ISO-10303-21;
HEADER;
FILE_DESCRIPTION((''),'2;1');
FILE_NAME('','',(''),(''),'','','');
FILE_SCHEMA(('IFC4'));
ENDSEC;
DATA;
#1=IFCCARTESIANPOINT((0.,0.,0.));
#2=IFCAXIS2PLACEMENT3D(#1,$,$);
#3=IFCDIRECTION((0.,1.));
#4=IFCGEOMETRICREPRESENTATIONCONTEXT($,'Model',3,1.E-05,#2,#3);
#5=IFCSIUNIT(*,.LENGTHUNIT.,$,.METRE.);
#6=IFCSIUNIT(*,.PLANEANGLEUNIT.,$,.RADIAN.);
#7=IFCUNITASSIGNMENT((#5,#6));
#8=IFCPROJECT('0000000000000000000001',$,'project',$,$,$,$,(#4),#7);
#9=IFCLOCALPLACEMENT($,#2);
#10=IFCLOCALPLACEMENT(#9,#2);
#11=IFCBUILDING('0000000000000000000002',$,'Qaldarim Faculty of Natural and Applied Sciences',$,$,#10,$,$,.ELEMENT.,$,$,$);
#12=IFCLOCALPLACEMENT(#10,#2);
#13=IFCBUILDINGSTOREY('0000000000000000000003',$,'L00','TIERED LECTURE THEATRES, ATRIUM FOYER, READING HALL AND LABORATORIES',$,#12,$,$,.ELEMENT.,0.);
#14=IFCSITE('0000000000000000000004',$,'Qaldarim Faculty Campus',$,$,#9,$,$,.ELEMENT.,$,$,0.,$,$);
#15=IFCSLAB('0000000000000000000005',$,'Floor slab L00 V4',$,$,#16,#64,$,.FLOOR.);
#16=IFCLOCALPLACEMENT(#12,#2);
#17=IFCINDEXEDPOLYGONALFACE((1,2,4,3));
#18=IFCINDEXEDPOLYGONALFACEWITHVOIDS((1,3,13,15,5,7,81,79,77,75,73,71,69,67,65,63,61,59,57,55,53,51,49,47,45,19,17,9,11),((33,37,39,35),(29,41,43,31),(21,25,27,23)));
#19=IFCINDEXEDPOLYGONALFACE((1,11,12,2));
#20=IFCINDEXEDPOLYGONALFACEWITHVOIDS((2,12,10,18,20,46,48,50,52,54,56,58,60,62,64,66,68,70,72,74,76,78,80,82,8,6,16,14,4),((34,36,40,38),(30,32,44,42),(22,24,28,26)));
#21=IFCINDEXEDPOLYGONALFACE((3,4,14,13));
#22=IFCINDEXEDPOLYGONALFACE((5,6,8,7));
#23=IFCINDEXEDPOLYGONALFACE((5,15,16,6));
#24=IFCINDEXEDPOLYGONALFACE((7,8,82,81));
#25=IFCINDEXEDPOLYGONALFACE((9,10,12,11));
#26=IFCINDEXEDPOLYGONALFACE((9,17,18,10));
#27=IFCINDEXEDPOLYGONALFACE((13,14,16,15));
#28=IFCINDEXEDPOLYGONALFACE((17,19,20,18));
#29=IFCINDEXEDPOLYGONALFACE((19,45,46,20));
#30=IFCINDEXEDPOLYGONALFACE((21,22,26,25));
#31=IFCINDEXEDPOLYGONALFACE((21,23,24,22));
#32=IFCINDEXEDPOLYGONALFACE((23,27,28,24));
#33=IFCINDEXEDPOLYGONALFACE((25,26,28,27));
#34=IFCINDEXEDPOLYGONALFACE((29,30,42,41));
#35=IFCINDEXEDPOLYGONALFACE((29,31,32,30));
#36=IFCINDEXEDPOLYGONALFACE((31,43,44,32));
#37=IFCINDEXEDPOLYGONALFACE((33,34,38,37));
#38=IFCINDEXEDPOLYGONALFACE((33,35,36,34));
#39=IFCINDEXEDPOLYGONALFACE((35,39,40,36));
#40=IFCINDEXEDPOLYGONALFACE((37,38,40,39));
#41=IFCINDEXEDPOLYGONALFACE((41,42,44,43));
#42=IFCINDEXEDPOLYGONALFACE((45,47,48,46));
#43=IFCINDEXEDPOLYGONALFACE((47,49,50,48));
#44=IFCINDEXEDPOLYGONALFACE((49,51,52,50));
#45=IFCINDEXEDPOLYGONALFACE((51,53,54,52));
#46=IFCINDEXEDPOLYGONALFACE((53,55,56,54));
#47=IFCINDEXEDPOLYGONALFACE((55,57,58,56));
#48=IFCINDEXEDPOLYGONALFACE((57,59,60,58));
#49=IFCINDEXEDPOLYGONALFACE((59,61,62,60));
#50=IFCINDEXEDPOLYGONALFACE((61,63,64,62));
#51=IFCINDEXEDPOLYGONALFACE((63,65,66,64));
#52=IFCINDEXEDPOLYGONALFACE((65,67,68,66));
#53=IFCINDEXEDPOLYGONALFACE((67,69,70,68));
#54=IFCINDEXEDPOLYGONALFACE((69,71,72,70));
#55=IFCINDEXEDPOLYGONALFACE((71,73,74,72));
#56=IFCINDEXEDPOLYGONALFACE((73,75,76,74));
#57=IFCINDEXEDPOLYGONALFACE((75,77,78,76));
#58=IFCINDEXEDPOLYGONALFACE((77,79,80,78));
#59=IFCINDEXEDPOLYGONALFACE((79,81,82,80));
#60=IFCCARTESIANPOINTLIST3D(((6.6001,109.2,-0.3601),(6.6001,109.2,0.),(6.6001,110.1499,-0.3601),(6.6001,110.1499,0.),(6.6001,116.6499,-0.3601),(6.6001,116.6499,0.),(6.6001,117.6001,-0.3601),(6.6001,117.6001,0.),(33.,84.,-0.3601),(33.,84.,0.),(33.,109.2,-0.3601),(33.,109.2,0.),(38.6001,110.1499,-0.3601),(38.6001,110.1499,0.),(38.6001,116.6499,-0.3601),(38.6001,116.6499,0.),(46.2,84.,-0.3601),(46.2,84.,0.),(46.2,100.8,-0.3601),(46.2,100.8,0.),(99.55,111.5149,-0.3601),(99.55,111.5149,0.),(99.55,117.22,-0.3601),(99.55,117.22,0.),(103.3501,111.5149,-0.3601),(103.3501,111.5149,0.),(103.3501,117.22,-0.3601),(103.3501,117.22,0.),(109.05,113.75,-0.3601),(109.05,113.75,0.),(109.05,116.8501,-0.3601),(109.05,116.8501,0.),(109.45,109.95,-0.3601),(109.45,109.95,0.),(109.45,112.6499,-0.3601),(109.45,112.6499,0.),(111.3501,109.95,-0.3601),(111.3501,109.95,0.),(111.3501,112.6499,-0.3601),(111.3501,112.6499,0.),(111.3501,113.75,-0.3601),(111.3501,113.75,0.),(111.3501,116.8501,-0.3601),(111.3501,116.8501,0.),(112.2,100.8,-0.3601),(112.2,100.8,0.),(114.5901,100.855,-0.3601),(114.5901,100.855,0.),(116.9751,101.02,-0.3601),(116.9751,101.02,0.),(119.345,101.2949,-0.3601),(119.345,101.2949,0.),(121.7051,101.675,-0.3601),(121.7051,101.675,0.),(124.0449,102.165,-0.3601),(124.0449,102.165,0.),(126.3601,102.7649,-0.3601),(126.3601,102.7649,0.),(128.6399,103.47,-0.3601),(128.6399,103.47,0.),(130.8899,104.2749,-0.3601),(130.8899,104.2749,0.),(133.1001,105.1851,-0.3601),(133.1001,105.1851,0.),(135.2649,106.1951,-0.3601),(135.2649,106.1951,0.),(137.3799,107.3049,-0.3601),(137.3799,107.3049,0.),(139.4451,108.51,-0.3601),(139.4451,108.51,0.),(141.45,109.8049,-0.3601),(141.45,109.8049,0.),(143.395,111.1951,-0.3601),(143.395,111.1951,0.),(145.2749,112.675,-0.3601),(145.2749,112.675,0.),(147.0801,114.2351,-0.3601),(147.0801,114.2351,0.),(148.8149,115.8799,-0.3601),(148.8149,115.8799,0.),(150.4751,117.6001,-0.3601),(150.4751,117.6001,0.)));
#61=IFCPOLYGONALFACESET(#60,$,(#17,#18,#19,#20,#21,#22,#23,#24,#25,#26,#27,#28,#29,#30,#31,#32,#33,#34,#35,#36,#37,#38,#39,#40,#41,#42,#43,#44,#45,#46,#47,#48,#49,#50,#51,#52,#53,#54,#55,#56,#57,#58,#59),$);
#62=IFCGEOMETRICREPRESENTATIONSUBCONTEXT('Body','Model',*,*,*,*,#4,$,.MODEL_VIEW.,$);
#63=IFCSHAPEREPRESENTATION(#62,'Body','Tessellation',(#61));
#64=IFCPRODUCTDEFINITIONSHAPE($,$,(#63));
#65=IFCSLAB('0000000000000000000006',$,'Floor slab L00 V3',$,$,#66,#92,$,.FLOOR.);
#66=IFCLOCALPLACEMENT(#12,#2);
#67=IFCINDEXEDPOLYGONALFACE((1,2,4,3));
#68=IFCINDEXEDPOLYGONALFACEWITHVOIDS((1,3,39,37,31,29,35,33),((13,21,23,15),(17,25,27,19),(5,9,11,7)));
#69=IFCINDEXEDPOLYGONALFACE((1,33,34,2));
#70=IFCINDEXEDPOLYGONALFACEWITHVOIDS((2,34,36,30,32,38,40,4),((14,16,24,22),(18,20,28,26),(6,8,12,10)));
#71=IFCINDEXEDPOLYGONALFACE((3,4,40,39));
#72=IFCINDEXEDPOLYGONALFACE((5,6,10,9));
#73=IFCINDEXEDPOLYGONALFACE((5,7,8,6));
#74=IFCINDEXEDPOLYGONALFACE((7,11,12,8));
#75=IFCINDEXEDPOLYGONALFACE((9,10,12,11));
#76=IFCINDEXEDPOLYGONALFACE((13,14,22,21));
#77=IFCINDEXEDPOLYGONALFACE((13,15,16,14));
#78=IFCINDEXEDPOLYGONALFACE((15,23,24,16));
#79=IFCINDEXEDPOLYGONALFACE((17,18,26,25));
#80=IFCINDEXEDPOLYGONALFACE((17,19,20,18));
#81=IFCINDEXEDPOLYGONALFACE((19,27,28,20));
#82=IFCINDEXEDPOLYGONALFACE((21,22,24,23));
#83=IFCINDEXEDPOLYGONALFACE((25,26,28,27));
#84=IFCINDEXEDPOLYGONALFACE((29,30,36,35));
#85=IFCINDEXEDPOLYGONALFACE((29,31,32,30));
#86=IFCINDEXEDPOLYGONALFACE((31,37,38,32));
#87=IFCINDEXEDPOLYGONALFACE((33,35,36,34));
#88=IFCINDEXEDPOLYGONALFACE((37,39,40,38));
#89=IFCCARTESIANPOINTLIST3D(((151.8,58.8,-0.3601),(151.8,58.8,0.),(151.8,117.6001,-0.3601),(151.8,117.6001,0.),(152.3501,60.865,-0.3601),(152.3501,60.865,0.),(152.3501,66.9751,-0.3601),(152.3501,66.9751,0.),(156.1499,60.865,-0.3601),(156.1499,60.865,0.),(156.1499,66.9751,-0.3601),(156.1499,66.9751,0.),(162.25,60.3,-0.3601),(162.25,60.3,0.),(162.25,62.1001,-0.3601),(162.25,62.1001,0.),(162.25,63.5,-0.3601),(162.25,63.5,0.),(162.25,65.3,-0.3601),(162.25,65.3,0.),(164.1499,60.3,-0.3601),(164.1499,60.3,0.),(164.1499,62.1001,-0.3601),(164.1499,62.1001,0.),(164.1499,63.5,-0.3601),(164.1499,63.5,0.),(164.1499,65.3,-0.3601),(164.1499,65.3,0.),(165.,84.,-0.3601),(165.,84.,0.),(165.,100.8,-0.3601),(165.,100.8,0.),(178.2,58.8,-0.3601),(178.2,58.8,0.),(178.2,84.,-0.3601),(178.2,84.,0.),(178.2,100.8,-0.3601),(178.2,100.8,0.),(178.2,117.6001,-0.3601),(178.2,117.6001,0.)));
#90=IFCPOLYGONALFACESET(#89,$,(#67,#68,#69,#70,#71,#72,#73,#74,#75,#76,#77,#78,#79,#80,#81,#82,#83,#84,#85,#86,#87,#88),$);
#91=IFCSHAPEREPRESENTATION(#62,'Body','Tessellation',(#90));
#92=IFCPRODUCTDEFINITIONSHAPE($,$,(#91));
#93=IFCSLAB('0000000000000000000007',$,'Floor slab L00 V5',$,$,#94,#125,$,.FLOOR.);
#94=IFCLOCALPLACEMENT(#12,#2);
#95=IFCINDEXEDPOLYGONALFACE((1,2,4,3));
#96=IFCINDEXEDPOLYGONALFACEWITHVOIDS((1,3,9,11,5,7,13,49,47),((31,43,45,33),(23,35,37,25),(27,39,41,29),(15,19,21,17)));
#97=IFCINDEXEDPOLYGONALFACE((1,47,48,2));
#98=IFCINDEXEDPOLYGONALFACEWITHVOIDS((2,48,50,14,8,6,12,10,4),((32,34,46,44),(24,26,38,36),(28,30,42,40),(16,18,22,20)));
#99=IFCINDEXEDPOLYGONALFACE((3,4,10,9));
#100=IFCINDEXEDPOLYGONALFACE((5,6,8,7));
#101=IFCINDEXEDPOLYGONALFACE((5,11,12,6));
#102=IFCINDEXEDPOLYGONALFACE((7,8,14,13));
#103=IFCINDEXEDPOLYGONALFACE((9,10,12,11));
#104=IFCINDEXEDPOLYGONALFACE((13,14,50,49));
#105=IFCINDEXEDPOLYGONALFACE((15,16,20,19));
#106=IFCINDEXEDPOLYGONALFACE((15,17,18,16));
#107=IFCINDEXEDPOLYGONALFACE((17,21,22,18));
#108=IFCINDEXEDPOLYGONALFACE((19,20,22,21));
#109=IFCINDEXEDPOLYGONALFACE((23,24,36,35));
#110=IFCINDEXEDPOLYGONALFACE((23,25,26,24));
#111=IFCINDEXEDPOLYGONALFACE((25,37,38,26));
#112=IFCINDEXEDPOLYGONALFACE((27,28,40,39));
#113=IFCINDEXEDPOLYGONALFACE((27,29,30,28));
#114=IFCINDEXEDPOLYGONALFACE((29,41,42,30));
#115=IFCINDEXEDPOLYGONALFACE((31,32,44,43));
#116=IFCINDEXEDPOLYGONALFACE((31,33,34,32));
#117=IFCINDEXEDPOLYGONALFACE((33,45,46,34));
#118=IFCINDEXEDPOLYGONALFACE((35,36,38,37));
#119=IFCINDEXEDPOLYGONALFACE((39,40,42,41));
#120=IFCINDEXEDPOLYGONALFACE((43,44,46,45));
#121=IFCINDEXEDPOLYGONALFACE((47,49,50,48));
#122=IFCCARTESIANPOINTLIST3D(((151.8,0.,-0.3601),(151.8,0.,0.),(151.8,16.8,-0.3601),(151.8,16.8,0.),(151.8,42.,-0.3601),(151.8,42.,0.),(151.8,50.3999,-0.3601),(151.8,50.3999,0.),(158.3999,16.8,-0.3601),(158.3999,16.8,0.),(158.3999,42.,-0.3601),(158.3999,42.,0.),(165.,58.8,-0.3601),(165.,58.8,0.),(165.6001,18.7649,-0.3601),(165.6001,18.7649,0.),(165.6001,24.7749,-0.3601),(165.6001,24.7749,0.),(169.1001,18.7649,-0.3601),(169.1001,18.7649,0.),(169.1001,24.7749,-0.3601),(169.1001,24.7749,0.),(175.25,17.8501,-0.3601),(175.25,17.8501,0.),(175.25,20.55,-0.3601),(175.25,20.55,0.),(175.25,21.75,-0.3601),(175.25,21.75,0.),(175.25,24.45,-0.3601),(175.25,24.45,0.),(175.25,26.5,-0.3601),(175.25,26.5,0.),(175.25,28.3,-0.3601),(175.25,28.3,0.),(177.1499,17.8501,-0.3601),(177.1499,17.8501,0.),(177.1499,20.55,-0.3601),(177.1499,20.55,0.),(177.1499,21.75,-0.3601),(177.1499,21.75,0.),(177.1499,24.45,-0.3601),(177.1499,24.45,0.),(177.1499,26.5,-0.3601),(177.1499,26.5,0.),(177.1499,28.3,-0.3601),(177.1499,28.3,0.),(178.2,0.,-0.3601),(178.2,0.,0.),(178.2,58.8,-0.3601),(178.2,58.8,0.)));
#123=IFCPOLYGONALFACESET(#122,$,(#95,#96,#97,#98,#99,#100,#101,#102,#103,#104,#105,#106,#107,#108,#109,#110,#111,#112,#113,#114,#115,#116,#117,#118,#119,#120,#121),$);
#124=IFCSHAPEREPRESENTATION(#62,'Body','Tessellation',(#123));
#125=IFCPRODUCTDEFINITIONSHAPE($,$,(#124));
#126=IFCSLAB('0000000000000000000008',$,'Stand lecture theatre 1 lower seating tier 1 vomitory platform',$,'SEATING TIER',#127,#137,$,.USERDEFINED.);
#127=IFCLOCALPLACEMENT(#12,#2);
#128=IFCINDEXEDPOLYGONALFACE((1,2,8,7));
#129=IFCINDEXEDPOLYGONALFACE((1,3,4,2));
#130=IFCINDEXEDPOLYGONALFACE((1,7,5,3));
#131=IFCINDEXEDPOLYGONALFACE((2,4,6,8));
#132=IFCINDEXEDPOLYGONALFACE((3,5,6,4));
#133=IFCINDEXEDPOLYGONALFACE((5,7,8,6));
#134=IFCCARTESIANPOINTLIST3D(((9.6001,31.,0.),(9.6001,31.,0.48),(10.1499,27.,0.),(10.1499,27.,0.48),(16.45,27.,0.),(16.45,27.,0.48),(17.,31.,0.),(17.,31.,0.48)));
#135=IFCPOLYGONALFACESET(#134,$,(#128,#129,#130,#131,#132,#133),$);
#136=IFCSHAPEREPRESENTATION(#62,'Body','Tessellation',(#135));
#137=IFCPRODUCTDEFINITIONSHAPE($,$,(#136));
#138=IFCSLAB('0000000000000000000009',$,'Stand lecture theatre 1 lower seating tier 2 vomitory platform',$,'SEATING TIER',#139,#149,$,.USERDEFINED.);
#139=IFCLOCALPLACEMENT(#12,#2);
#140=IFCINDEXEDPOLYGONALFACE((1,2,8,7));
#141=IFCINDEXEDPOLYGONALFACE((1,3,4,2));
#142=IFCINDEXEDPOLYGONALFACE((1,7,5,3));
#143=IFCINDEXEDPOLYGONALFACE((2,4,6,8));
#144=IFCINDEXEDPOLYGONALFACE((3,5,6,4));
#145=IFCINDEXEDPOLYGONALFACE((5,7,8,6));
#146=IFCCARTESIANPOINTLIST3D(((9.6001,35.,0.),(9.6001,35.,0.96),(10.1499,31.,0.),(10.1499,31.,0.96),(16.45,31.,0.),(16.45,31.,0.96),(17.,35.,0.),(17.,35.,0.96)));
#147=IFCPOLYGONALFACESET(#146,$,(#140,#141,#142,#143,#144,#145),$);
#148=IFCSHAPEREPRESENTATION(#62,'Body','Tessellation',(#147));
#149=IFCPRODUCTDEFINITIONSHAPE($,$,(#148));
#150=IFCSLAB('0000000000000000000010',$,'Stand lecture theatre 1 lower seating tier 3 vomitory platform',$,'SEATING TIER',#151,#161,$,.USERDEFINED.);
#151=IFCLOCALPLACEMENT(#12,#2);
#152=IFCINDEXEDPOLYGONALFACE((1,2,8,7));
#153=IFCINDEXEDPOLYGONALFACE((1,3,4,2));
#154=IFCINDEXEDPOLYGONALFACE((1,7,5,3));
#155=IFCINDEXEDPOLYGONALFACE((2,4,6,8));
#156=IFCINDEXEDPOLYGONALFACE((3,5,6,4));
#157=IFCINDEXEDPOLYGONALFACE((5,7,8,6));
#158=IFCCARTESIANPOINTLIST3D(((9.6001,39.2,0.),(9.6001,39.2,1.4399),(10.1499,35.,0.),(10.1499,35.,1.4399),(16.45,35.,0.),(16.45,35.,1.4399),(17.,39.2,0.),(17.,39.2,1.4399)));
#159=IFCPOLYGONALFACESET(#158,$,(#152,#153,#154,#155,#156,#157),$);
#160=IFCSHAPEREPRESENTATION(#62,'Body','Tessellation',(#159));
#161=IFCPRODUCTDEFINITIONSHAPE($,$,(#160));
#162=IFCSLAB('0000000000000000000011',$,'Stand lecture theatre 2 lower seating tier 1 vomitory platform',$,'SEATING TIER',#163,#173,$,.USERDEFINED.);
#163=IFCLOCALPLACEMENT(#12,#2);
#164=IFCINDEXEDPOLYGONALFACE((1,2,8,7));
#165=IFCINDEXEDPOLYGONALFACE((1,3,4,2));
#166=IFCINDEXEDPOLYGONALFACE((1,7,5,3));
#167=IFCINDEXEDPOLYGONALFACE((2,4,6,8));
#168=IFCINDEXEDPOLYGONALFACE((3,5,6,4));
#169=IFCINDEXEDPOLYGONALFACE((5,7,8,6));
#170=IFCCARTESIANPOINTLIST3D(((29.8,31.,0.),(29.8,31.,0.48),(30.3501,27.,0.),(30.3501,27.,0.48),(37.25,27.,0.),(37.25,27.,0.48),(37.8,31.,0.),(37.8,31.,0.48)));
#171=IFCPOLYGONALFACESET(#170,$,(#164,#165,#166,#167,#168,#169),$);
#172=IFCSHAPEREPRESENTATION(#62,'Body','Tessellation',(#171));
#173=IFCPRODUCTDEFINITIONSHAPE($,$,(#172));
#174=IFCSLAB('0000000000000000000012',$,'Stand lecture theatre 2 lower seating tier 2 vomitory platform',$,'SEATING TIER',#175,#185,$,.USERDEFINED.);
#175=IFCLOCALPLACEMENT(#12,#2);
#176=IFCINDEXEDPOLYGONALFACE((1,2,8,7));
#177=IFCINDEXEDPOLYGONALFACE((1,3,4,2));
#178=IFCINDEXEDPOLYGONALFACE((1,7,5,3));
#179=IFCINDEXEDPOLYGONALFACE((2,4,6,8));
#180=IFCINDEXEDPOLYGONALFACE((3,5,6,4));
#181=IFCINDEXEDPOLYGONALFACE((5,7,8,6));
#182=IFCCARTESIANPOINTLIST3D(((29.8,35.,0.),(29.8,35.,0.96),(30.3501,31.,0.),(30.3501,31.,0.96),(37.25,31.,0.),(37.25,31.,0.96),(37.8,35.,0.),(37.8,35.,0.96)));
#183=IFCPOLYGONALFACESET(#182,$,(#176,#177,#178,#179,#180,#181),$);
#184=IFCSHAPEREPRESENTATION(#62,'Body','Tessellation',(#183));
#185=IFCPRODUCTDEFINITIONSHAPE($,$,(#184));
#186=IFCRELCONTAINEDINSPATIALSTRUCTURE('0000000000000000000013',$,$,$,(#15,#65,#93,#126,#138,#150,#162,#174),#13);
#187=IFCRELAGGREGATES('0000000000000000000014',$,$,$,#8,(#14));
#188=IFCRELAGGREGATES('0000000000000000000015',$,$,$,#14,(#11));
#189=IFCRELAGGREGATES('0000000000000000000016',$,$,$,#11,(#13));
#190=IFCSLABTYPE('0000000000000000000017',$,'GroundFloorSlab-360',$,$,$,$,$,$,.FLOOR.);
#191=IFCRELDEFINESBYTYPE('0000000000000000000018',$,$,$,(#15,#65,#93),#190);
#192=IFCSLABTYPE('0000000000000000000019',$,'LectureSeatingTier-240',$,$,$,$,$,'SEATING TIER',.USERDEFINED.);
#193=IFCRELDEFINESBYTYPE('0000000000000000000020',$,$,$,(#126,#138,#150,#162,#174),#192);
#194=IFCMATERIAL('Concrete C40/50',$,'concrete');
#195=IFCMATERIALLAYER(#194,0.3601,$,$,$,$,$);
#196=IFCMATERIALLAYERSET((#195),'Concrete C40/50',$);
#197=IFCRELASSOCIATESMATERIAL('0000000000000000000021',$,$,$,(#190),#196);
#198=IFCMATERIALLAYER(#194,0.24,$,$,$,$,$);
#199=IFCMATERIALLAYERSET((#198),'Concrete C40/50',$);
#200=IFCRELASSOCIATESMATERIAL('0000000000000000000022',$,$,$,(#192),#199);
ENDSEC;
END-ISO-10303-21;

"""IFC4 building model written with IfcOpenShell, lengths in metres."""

from ifc_helpers import new_model, si_unit, direction, frame, origin, place, context, subcontext, project, spatial, polyline, outline, extrude, material, layer, layer_set, type_object, element, save


model = new_model("IFC4")

# Units and contexts
model_context = context("Model", 3, precision=1e-05, world=origin(), true_north=direction((0.0, 1.0)))
body_context = subcontext(model_context, "Body", "Model", "MODEL_VIEW")
ifc_project = project(units=[si_unit("LENGTHUNIT", "METRE"), si_unit("PLANEANGLEUNIT", "RADIAN")], contexts=[model_context])

# Site, building, storey
site_placement = place(None, origin())
site = spatial("IfcSite", under=ifc_project, at=site_placement, Name="Qaldarim Faculty Campus", CompositionType="ELEMENT", RefElevation=0.0)
building_placement = place(site_placement, origin())
building = spatial("IfcBuilding", under=site, at=building_placement, Name="Qaldarim Faculty of Natural and Applied Sciences", CompositionType="ELEMENT")
storey_placement = place(building_placement, origin())
storey = spatial("IfcBuildingStorey", under=building, at=storey_placement, Name="L00", Description="TIERED LECTURE THEATRES, ATRIUM FOYER, READING HALL AND LABORATORIES", CompositionType="ELEMENT", Elevation=0.0)

# Slabs
ifc_material_1 = material(Name="Concrete C40/50", Category="concrete")
ifc_layer_1 = layer(ifc_material_1, 0.3601)
ifc_layer_set_1 = layer_set([ifc_layer_1], Name="Concrete C40/50")
slab_type_1 = type_object("IfcSlabType", Name="GroundFloorSlab-360", PredefinedType="FLOOR", material=ifc_layer_set_1)
slab_1_placement = place(storey_placement, frame((0.0, 0.0, -0.3601)))
element("IfcSlab", 1, at=slab_1_placement, inside=storey, type_object=slab_type_1, Name="Floor slab L00 V4", PredefinedType="FLOOR", context=body_context, shape_type="SweptSolid", body=[
    extrude(outline(polyline([(33.0, 84.0), (33.0, 109.2), (6.6001, 109.2), (6.6001, 110.1499), (38.6001, 110.1499), (38.6001, 116.6499), (6.6001, 116.6499), (6.6001, 117.6001), (150.4751, 117.6001), (148.8149, 115.8799), (147.0801, 114.2351), (145.2749, 112.675), (143.395, 111.1951), (141.45, 109.8049), (139.4451, 108.51), (137.3799, 107.3049), (135.2649, 106.1951), (133.1001, 105.1851), (130.8899, 104.2749), (128.6399, 103.47), (126.3601, 102.7649), (124.0449, 102.165), (121.7051, 101.675), (119.345, 101.2949), (116.9751, 101.02), (114.5901, 100.855), (112.2, 100.8), (46.2, 100.8), (46.2, 84.0), (33.0, 84.0)]), holes=[polyline([(103.3501, 111.5149), (103.3501, 117.22), (99.55, 117.22), (99.55, 111.5149), (103.3501, 111.5149)]), polyline([(109.45, 109.95), (111.3501, 109.95), (111.3501, 112.6499), (109.45, 112.6499), (109.45, 109.95)]), polyline([(109.05, 113.75), (111.3501, 113.75), (111.3501, 116.8501), (109.05, 116.8501), (109.05, 113.75)])]), origin(), (0.0, 0.0, 1.0), 0.3601),
])
slab_2_placement = place(storey_placement, frame((0.0, 0.0, -0.3601)))
element("IfcSlab", 2, at=slab_2_placement, inside=storey, type_object=slab_type_1, Name="Floor slab L00 V3", PredefinedType="FLOOR", context=body_context, shape_type="SweptSolid", body=[
    extrude(outline(polyline([(151.8, 58.8), (151.8, 117.6001), (178.2, 117.6001), (178.2, 100.8), (165.0, 100.8), (165.0, 84.0), (178.2, 84.0), (178.2, 58.8), (151.8, 58.8)]), holes=[polyline([(156.1499, 60.865), (156.1499, 66.9751), (152.3501, 66.9751), (152.3501, 60.865), (156.1499, 60.865)]), polyline([(162.25, 60.3), (164.1499, 60.3), (164.1499, 62.1001), (162.25, 62.1001), (162.25, 60.3)]), polyline([(162.25, 63.5), (164.1499, 63.5), (164.1499, 65.3), (162.25, 65.3), (162.25, 63.5)])]), origin(), (0.0, 0.0, 1.0), 0.3601),
])
slab_3_placement = place(storey_placement, frame((0.0, 0.0, -0.3601)))
element("IfcSlab", 3, at=slab_3_placement, inside=storey, type_object=slab_type_1, Name="Floor slab L00 V5", PredefinedType="FLOOR", context=body_context, shape_type="SweptSolid", body=[
    extrude(outline(polyline([(151.8, 0.0), (178.2, 0.0), (178.2, 58.8), (165.0, 58.8), (151.8, 50.3999), (151.8, 42.0), (158.3999, 42.0), (158.3999, 16.8), (151.8, 16.8), (151.8, 0.0)]), holes=[polyline([(169.1001, 18.7649), (169.1001, 24.7749), (165.6001, 24.7749), (165.6001, 18.7649), (169.1001, 18.7649)]), polyline([(175.25, 17.8501), (177.1499, 17.8501), (177.1499, 20.55), (175.25, 20.55), (175.25, 17.8501)]), polyline([(175.25, 21.75), (177.1499, 21.75), (177.1499, 24.45), (175.25, 24.45), (175.25, 21.75)]), polyline([(175.25, 26.5), (177.1499, 26.5), (177.1499, 28.3), (175.25, 28.3), (175.25, 26.5)])]), origin(), (0.0, 0.0, 1.0), 0.3601),
])
ifc_layer_2 = layer(ifc_material_1, 0.24)
ifc_layer_set_2 = layer_set([ifc_layer_2], Name="Concrete C40/50")
slab_type_2 = type_object("IfcSlabType", Name="LectureSeatingTier-240", ElementType="SEATING TIER", PredefinedType="USERDEFINED", material=ifc_layer_set_2)
slab_4_placement = place(storey_placement, origin())
element("IfcSlab", 4, at=slab_4_placement, inside=storey, type_object=slab_type_2, Name="Stand lecture theatre 1 lower seating tier 1 vomitory platform", ObjectType="SEATING TIER", PredefinedType="USERDEFINED", context=body_context, shape_type="SweptSolid", body=[
    extrude(outline(polyline([(10.1499, 27.0), (16.45, 27.0), (17.0, 31.0), (9.6001, 31.0), (10.1499, 27.0)])), origin(), (0.0, 0.0, 1.0), 0.48),
])
slab_5_placement = place(storey_placement, origin())
element("IfcSlab", 5, at=slab_5_placement, inside=storey, type_object=slab_type_2, Name="Stand lecture theatre 1 lower seating tier 2 vomitory platform", ObjectType="SEATING TIER", PredefinedType="USERDEFINED", context=body_context, shape_type="SweptSolid", body=[
    extrude(outline(polyline([(10.1499, 31.0), (16.45, 31.0), (17.0, 35.0), (9.6001, 35.0), (10.1499, 31.0)])), origin(), (0.0, 0.0, 1.0), 0.96),
])
slab_6_placement = place(storey_placement, origin())
element("IfcSlab", 6, at=slab_6_placement, inside=storey, type_object=slab_type_2, Name="Stand lecture theatre 1 lower seating tier 3 vomitory platform", ObjectType="SEATING TIER", PredefinedType="USERDEFINED", context=body_context, shape_type="SweptSolid", body=[
    extrude(outline(polyline([(10.1499, 35.0), (16.45, 35.0), (17.0, 39.2), (9.6001, 39.2), (10.1499, 35.0)])), origin(), (0.0, 0.0, 1.0), 1.4399),
])
slab_7_placement = place(storey_placement, origin())
element("IfcSlab", 7, at=slab_7_placement, inside=storey, type_object=slab_type_2, Name="Stand lecture theatre 2 lower seating tier 1 vomitory platform", ObjectType="SEATING TIER", PredefinedType="USERDEFINED", context=body_context, shape_type="SweptSolid", body=[
    extrude(outline(polyline([(30.3501, 27.0), (37.25, 27.0), (37.8, 31.0), (29.8, 31.0), (30.3501, 27.0)])), origin(), (0.0, 0.0, 1.0), 0.48),
])
slab_8_placement = place(storey_placement, origin())
element("IfcSlab", 8, at=slab_8_placement, inside=storey, type_object=slab_type_2, Name="Stand lecture theatre 2 lower seating tier 2 vomitory platform", ObjectType="SEATING TIER", PredefinedType="USERDEFINED", context=body_context, shape_type="SweptSolid", body=[
    extrude(outline(polyline([(30.3501, 31.0), (37.25, 31.0), (37.8, 35.0), (29.8, 35.0), (30.3501, 31.0)])), origin(), (0.0, 0.0, 1.0), 0.96),
])

save(model, "model.ifc")
